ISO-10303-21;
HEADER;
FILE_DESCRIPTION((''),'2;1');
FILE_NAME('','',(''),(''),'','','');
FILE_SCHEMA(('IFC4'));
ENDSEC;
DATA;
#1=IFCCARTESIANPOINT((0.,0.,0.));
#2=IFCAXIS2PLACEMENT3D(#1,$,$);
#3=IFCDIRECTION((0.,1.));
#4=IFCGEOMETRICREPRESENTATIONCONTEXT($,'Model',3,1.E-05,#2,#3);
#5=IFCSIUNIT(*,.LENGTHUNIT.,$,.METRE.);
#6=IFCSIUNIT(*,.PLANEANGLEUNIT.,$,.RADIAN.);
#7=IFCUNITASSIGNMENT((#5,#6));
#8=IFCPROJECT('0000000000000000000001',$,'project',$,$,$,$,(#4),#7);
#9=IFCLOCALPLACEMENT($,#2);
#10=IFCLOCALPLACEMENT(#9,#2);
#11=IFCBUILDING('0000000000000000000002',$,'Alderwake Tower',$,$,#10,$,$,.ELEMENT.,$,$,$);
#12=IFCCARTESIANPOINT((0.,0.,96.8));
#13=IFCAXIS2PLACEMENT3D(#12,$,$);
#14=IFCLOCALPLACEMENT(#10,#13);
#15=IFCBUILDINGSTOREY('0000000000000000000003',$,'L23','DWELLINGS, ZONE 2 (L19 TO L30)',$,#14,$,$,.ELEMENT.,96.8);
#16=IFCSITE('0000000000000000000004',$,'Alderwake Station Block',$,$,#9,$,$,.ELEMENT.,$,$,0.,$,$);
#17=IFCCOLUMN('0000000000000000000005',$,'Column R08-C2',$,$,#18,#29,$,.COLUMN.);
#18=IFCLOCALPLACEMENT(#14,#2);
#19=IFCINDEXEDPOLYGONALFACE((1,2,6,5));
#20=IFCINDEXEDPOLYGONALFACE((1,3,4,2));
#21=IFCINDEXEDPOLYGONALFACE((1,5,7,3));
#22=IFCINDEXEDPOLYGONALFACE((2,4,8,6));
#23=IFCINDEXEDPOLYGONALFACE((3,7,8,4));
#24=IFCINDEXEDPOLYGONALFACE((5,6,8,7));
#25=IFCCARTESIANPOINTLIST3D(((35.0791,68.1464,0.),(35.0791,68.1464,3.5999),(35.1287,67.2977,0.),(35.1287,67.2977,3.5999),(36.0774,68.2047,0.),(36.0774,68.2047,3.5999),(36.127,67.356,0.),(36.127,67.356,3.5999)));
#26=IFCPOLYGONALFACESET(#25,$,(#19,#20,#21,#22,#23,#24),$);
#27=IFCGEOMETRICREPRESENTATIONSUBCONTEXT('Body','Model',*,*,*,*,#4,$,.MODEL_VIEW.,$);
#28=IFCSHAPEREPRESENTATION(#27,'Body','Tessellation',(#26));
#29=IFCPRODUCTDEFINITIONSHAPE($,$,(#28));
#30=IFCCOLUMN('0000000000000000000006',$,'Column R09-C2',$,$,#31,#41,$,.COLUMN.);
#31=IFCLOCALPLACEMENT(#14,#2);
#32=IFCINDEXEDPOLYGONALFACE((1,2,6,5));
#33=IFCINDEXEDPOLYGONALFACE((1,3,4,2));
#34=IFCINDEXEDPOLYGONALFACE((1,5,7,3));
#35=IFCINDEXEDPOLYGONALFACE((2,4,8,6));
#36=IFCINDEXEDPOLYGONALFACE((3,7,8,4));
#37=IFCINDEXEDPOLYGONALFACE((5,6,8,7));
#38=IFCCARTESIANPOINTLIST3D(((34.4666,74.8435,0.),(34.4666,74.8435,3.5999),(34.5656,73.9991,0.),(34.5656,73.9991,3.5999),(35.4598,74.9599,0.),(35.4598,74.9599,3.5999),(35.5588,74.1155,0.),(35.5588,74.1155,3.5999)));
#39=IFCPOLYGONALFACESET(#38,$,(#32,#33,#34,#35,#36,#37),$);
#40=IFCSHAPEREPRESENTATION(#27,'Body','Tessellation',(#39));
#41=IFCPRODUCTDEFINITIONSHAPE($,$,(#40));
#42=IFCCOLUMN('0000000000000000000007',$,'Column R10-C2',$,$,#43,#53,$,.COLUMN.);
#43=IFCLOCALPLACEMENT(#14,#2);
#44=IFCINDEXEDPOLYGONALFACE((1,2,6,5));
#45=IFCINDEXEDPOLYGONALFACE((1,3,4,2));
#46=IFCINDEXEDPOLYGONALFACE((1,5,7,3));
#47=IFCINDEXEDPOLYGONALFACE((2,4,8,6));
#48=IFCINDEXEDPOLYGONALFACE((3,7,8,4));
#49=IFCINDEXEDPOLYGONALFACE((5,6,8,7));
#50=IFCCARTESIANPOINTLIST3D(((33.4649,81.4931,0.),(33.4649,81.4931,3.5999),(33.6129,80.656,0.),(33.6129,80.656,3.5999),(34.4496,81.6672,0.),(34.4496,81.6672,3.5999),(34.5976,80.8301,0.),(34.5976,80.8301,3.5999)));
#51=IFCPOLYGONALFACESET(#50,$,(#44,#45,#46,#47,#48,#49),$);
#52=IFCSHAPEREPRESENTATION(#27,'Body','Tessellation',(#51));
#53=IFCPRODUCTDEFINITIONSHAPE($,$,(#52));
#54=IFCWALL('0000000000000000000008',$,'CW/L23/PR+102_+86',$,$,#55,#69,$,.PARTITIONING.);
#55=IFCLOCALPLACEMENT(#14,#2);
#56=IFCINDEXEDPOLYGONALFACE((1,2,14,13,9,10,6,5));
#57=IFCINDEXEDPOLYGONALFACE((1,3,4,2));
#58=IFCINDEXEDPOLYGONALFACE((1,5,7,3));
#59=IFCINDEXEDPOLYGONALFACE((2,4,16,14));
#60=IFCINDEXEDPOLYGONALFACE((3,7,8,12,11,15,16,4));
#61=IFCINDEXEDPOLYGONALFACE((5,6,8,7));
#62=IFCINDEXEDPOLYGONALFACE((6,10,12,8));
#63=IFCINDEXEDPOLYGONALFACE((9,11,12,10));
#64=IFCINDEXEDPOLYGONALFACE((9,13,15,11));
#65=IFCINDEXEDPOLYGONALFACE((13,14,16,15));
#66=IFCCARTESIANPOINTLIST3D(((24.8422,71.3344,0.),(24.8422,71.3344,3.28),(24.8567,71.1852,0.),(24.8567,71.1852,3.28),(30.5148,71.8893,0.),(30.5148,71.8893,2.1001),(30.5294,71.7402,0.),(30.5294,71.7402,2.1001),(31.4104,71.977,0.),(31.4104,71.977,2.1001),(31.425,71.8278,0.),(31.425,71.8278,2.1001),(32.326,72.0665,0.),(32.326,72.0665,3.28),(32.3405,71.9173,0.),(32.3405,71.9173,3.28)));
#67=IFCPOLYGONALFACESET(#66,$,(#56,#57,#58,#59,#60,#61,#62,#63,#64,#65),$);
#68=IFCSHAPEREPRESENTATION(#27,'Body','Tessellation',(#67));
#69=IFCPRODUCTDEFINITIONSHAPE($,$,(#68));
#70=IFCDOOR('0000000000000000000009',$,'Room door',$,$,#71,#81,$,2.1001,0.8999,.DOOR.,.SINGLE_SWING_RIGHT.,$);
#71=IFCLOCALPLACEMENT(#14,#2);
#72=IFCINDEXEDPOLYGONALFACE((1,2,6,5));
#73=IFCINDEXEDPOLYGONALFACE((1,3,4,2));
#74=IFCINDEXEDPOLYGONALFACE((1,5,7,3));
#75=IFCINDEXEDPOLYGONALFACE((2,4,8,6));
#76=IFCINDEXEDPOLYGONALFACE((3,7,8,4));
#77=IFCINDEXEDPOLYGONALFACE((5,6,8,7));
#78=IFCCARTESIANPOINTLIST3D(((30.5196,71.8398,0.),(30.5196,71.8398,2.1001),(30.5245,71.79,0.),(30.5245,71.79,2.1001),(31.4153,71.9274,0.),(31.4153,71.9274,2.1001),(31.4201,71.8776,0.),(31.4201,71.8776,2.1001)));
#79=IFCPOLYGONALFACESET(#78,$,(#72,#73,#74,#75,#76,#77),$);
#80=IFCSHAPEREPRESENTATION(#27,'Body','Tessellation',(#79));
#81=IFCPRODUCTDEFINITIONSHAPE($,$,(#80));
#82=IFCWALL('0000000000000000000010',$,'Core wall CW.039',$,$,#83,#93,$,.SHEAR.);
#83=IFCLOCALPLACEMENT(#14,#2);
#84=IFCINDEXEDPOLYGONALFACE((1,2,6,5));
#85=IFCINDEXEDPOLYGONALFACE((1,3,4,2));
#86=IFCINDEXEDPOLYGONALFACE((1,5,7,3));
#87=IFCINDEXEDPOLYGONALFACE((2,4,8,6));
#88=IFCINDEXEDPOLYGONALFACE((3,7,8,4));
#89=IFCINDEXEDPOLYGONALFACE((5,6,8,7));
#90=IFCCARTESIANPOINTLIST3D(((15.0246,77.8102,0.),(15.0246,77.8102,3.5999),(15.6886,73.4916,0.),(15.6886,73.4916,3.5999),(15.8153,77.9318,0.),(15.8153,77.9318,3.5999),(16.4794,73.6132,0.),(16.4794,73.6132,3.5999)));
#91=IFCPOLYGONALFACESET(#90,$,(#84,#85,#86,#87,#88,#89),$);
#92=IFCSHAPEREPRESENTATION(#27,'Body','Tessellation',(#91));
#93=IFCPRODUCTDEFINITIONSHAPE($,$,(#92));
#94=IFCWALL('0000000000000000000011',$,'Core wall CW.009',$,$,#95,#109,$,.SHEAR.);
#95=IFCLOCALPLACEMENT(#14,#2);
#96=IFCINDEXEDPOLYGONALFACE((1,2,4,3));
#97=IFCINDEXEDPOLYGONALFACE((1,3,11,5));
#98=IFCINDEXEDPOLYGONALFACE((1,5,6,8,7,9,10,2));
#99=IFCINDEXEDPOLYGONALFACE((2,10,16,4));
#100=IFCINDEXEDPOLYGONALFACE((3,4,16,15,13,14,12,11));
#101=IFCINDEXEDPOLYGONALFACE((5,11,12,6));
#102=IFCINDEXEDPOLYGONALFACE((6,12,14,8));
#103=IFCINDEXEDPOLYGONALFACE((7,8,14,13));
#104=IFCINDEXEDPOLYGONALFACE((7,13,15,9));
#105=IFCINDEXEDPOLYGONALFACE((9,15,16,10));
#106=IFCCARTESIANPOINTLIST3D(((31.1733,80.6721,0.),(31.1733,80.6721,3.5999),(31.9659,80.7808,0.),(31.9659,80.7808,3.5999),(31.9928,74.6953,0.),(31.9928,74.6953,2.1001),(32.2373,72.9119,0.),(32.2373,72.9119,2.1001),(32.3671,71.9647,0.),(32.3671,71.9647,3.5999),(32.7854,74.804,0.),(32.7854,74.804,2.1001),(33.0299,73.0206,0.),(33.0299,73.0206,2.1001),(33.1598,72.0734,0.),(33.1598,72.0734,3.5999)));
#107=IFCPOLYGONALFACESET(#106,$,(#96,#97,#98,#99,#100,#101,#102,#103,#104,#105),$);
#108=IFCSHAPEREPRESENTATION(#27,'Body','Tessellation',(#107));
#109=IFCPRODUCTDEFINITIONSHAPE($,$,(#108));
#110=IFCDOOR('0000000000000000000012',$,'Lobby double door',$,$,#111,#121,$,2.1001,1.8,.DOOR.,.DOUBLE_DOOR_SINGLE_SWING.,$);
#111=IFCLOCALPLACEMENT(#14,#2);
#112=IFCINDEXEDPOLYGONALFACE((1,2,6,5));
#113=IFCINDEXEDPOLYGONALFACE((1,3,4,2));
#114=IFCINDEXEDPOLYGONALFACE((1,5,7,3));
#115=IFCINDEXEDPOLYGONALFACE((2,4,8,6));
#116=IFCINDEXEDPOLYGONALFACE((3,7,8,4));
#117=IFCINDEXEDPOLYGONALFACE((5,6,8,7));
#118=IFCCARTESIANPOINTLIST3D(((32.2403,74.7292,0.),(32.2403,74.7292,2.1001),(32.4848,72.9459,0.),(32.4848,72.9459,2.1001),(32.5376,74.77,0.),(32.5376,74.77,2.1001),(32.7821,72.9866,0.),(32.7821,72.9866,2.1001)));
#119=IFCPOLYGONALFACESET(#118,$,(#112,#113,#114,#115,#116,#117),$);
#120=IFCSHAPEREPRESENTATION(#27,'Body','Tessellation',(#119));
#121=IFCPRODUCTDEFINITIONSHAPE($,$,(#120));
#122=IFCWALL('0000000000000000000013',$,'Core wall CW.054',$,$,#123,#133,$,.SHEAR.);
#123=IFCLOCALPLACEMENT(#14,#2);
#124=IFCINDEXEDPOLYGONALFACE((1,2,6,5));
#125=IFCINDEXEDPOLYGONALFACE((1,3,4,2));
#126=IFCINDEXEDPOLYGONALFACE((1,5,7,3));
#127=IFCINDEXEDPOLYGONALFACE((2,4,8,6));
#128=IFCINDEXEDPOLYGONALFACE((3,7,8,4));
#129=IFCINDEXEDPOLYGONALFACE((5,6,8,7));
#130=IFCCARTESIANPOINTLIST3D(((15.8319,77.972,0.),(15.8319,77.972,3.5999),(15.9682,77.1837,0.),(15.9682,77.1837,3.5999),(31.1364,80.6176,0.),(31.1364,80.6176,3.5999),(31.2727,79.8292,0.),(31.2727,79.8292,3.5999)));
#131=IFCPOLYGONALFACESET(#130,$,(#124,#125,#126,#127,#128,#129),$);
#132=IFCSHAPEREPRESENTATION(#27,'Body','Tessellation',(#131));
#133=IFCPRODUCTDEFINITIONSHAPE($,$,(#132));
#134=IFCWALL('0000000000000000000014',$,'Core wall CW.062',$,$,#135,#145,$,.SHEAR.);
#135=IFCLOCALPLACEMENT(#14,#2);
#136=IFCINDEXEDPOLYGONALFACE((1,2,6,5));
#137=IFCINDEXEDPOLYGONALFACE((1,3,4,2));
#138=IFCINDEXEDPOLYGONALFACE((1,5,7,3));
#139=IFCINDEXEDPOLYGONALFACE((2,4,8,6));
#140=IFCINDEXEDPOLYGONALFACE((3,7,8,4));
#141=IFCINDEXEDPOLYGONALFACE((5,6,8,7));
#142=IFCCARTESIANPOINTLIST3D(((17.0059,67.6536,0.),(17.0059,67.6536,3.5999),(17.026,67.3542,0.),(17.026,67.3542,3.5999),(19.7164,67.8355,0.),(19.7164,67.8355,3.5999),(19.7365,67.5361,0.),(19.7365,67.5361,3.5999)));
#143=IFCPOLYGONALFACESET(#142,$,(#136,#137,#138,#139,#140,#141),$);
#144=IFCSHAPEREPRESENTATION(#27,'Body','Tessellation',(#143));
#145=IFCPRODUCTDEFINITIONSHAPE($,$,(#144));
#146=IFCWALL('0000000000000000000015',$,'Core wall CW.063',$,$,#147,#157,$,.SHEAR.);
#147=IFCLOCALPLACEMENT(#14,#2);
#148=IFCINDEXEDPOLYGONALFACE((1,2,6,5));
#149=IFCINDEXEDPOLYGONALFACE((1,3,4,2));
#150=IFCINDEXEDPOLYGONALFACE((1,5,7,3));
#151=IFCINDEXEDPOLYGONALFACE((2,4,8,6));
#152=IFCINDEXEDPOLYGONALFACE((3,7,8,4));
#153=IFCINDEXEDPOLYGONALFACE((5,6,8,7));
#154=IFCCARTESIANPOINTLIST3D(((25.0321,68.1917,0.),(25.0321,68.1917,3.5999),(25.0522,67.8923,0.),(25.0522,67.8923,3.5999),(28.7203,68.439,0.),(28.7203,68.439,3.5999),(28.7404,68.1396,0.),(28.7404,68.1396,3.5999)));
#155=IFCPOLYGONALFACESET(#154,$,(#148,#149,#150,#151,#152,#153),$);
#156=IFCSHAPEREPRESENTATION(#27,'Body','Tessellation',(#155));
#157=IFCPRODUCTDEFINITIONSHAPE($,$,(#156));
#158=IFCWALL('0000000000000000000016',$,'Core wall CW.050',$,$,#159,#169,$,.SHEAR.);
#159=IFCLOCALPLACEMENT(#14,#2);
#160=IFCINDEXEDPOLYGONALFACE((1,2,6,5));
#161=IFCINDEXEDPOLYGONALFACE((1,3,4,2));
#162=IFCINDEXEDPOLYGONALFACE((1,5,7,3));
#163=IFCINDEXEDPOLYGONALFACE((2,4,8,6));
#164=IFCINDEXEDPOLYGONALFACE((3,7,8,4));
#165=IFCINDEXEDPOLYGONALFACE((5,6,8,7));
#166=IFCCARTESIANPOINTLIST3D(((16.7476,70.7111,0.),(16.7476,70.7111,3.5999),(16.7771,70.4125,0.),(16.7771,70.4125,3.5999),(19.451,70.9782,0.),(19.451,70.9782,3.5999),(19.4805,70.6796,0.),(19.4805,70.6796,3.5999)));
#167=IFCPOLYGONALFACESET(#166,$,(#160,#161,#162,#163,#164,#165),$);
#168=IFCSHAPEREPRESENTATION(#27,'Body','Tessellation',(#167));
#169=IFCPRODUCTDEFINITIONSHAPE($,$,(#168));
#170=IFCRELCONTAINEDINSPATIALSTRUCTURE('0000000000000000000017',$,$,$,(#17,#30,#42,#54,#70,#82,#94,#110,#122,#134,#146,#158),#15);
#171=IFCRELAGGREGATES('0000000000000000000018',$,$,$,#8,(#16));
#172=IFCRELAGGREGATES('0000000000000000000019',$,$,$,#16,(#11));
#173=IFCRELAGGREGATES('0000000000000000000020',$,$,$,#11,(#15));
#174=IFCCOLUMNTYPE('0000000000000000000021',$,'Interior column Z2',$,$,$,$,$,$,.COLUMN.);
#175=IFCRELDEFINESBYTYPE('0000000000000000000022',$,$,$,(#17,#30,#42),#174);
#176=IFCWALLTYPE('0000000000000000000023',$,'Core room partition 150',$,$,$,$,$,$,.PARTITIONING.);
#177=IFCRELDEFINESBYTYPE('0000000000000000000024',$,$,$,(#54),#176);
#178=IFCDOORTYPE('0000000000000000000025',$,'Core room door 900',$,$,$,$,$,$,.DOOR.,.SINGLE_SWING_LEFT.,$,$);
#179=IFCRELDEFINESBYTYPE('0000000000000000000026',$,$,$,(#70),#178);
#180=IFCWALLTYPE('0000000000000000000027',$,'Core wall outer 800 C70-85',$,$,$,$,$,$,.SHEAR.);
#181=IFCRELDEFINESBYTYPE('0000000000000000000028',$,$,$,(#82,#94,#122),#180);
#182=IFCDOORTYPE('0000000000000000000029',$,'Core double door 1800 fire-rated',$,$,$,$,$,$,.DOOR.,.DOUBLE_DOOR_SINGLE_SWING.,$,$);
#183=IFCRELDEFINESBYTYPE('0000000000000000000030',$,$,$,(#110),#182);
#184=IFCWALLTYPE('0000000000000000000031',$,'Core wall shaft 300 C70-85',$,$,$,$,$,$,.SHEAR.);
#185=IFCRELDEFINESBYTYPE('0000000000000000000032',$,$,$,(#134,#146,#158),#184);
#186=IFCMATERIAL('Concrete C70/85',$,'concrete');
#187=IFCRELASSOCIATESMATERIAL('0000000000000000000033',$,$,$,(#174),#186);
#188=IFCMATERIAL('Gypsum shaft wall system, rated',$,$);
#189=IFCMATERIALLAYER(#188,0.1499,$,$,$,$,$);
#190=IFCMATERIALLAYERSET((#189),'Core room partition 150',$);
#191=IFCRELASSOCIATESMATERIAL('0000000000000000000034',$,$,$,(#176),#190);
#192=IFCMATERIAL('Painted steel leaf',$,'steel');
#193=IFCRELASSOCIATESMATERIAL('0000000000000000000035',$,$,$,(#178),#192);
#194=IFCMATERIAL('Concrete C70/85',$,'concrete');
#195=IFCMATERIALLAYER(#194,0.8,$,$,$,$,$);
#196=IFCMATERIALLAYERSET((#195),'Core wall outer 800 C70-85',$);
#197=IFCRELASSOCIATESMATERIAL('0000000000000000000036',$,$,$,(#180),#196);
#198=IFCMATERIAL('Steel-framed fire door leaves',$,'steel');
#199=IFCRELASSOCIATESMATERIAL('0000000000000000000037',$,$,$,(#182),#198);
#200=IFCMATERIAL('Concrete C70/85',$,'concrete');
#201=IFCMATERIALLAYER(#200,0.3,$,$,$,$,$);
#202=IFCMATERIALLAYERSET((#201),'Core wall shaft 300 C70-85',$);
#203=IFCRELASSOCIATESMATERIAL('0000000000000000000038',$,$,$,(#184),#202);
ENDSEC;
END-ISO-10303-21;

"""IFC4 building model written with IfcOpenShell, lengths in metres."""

from ifc_helpers import new_model, si_unit, direction, frame, frame_2d, origin, origin_2d, place, context, subcontext, project, spatial, rectangle, extrude, material, layer, layer_set, material_profile, profile_set, type_object, element, fill, save


model = new_model("IFC4")

# Units and contexts
model_context = context("Model", 3, precision=1e-05, world=origin(), true_north=direction((0.0, 1.0)))
body_context = subcontext(model_context, "Body", "Model", "MODEL_VIEW")
ifc_project = project(units=[si_unit("LENGTHUNIT", "METRE"), si_unit("PLANEANGLEUNIT", "RADIAN")], contexts=[model_context])

# Site, building, storey
site_placement = place(None, origin())
site = spatial("IfcSite", under=ifc_project, at=site_placement, Name="Alderwake Station Block", CompositionType="ELEMENT", RefElevation=0.0)
building_placement = place(site_placement, origin())
building = spatial("IfcBuilding", under=site, at=building_placement, Name="Alderwake Tower", CompositionType="ELEMENT")
storey_placement = place(building_placement, frame((0.0, 0.0, 96.8)))
storey = spatial("IfcBuildingStorey", under=building, at=storey_placement, Name="L23", Description="DWELLINGS, ZONE 2 (L19 TO L30)", CompositionType="ELEMENT", Elevation=96.8)

# Columns
ifc_material_1 = material(Name="Concrete C70/85", Category="concrete")
ifc_material_profile = material_profile(ifc_material_1, rectangle(XDim=0.8501, YDim=1.0, at=origin_2d()), Name="RC 1000X850")
ifc_profile_set = profile_set([ifc_material_profile], Name="Concrete C70/85")
column_type = type_object("IfcColumnType", Name="Interior column Z2", PredefinedType="COLUMN", material=ifc_profile_set)
for number, where, z_axis, x_axis, name in (
    (1, (35.603, 67.7512, 0.0), (0.0, 0.0, 1.0), (-0.058301, 0.998299, 0.0), "Column R08-C2"),
    (2, (35.0127, 74.4795, 0.0), (0.0, 0.0, 1.0), (-0.116402, 0.993202, 0.0), "Column R09-C2"),
    (3, (34.0312, 81.1616, 0.0), (0.0, 0.0, 1.0), (-0.174109, 0.984726, 0.0), "Column R10-C2"),
):
    element("IfcColumn", number, at=place(storey_placement, frame(where, z_axis=z_axis, x_axis=x_axis)), inside=storey, type_object=column_type, Name=name, PredefinedType="COLUMN", context=body_context, shape_type="SweptSolid", body=[
        extrude(rectangle(XDim=0.8501, YDim=1.0, at=origin_2d()), origin(), (0.0, 0.0, 1.0), 3.5999),
    ])

# Wall, opening, door
ifc_material_2 = material(Name="Gypsum shaft wall system, rated")
ifc_layer_1 = layer(ifc_material_2, 0.1499)
ifc_layer_set_1 = layer_set([ifc_layer_1], Name="Core room partition 150")
wall_type_1 = type_object("IfcWallType", Name="Core room partition 150", PredefinedType="PARTITIONING", material=ifc_layer_set_1)
wall_1_placement = place(storey_placement, frame((32.3333, 71.9919, 0.0), z_axis=(0.0, 0.0, 1.0), x_axis=(-0.995248, -0.097369, 0.0)))
wall_1 = element("IfcWall", 4, at=wall_1_placement, inside=storey, type_object=wall_type_1, Name="CW/L23/PR+102_+86", PredefinedType="PARTITIONING", context=body_context, shape_type="SweptSolid", body=[
    extrude(rectangle(XDim=7.5195, YDim=0.1499, at=frame_2d((3.7598, 0.0))), origin(), (0.0, 0.0, 1.0), 3.28),
])
opening_1_placement = place(wall_1_placement, frame((0.9199, 0.0, 0.0)))
opening_1 = element("IfcOpeningElement", 5, at=opening_1_placement, cuts=wall_1, PredefinedType="OPENING", context=body_context, shape_type="SweptSolid", body=[
    extrude(rectangle(XDim=0.8999, YDim=2.1001, at=frame_2d((0.45, 1.05))), frame((0.0, 0.085, 0.0), z_axis=(0.0, -1.0, 0.0), x_axis=(1.0, 0.0, 0.0)), (0.0, 0.0, 1.0), 0.1699),
])
ifc_material_3 = material(Name="Painted steel leaf", Category="steel")
door_type_1 = type_object("IfcDoorType", Name="Core room door 900", OperationType="SINGLE_SWING_LEFT", PredefinedType="DOOR", material=ifc_material_3)
door_1_placement = place(opening_1_placement, origin())
door_1 = element("IfcDoor", 6, at=door_1_placement, inside=storey, type_object=door_type_1, Name="Room door", OperationType="SINGLE_SWING_RIGHT", OverallHeight=2.1001, OverallWidth=0.8999, PredefinedType="DOOR", context=body_context, shape_type="SweptSolid", body=[
    extrude(rectangle(XDim=0.8999, YDim=2.1001, at=frame_2d((0.45, 1.05))), frame((0.0, 0.0249, 0.0), z_axis=(0.0, -1.0, 0.0), x_axis=(1.0, 0.0, 0.0)), (0.0, 0.0, 1.0), 0.05),
])
fill(opening_1, door_1)

# Wall
ifc_material_4 = material(Name="Concrete C70/85", Category="concrete")
ifc_layer_2 = layer(ifc_material_4, 0.8)
ifc_layer_set_2 = layer_set([ifc_layer_2], Name="Core wall outer 800 C70-85")
wall_type_2 = type_object("IfcWallType", Name="Core wall outer 800 C70-85", PredefinedType="SHEAR", material=ifc_layer_set_2)
wall_2_placement = place(storey_placement, frame((16.084, 73.5525, 0.0), z_axis=(0.0, 0.0, 1.0), x_axis=(-0.151982, 0.988383, 0.0)))
element("IfcWall", 7, at=wall_2_placement, inside=storey, type_object=wall_type_2, Name="Core wall CW.039", PredefinedType="SHEAR", context=body_context, shape_type="SweptSolid", body=[
    extrude(rectangle(XDim=4.3694, YDim=0.8, at=frame_2d((2.1846, 0.0))), origin(), (0.0, 0.0, 1.0), 3.5999),
])

# Wall, opening, door
wall_3_placement = place(storey_placement, frame((31.5696, 80.7266, 0.0), z_axis=(0.0, 0.0, 1.0), x_axis=(0.135838, -0.990731, 0.0)))
wall_3 = element("IfcWall", 8, at=wall_3_placement, inside=storey, type_object=wall_type_2, Name="Core wall CW.009", PredefinedType="SHEAR", context=body_context, shape_type="SweptSolid", body=[
    extrude(rectangle(XDim=8.7888, YDim=0.8, at=frame_2d((4.3945, 0.0))), origin(), (0.0, 0.0, 1.0), 3.5999),
])
opening_2_placement = place(wall_3_placement, frame((6.033, 0.0, 0.0)))
opening_2 = element("IfcOpeningElement", 9, at=opening_2_placement, cuts=wall_3, PredefinedType="OPENING", context=body_context, shape_type="SweptSolid", body=[
    extrude(rectangle(XDim=1.8, YDim=2.1001, at=frame_2d((0.8999, 1.05))), frame((0.0, 0.4099, 0.0), z_axis=(0.0, -1.0, 0.0), x_axis=(1.0, 0.0, 0.0)), (0.0, 0.0, 1.0), 0.8201),
])
ifc_material_5 = material(Name="Steel-framed fire door leaves", Category="steel")
door_type_2 = type_object("IfcDoorType", Name="Core double door 1800 fire-rated", OperationType="DOUBLE_DOOR_SINGLE_SWING", PredefinedType="DOOR", material=ifc_material_5)
door_2_placement = place(opening_2_placement, origin())
door_2 = element("IfcDoor", 10, at=door_2_placement, inside=storey, type_object=door_type_2, Name="Lobby double door", OperationType="DOUBLE_DOOR_SINGLE_SWING", OverallHeight=2.1001, OverallWidth=1.8, PredefinedType="DOOR", context=body_context, shape_type="SweptSolid", body=[
    extrude(rectangle(XDim=1.8, YDim=2.1001, at=frame_2d((0.8999, 1.05))), frame((0.0, 0.1499, 0.0), z_axis=(0.0, -1.0, 0.0), x_axis=(1.0, 0.0, 0.0)), (0.0, 0.0, 1.0), 0.3),
])
fill(opening_2, door_2)

# Walls
wall_4_placement = place(storey_placement, frame((15.9001, 77.5779, 0.0), z_axis=(0.0, 0.0, 1.0), x_axis=(0.985387, 0.170333, 0.0)))
element("IfcWall", 11, at=wall_4_placement, inside=storey, type_object=wall_type_2, Name="Core wall CW.054", PredefinedType="SHEAR", context=body_context, shape_type="SweptSolid", body=[
    extrude(rectangle(XDim=15.5315, YDim=0.8, at=frame_2d((7.7656, 0.0))), origin(), (0.0, 0.0, 1.0), 3.5999),
])
ifc_material_6 = material(Name="Concrete C70/85", Category="concrete")
ifc_layer_3 = layer(ifc_material_6, 0.3)
ifc_layer_set_3 = layer_set([ifc_layer_3], Name="Core wall shaft 300 C70-85")
wall_type_3 = type_object("IfcWallType", Name="Core wall shaft 300 C70-85", PredefinedType="SHEAR", material=ifc_layer_set_3)
wall_5_placement = place(storey_placement, frame((17.0159, 67.5039, 0.0), z_axis=(0.0, 0.0, 1.0), x_axis=(0.997756, 0.066954, 0.0)))
element("IfcWall", 12, at=wall_5_placement, inside=storey, type_object=wall_type_3, Name="Core wall CW.062", PredefinedType="SHEAR", context=body_context, shape_type="SweptSolid", body=[
    extrude(rectangle(XDim=2.7166, YDim=0.3, at=frame_2d((1.3584, 0.0))), origin(), (0.0, 0.0, 1.0), 3.5999),
])
wall_6_placement = place(storey_placement, frame((25.0422, 68.042, 0.0), z_axis=(0.0, 0.0, 1.0), x_axis=(0.997759, 0.066905, 0.0)))
element("IfcWall", 13, at=wall_6_placement, inside=storey, type_object=wall_type_3, Name="Core wall CW.063", PredefinedType="SHEAR", context=body_context, shape_type="SweptSolid", body=[
    extrude(rectangle(XDim=3.6965, YDim=0.3, at=frame_2d((1.8481, 0.0))), origin(), (0.0, 0.0, 1.0), 3.5999),
])
wall_7_placement = place(storey_placement, frame((16.7622, 70.5618, 0.0), z_axis=(0.0, 0.0, 1.0), x_axis=(0.995155, 0.09832, 0.0)))
element("IfcWall", 14, at=wall_7_placement, inside=storey, type_object=wall_type_3, Name="Core wall CW.050", PredefinedType="SHEAR", context=body_context, shape_type="SweptSolid", body=[
    extrude(rectangle(XDim=2.7166, YDim=0.3, at=frame_2d((1.3584, 0.0))), origin(), (0.0, 0.0, 1.0), 3.5999),
])

save(model, "model.ifc")
